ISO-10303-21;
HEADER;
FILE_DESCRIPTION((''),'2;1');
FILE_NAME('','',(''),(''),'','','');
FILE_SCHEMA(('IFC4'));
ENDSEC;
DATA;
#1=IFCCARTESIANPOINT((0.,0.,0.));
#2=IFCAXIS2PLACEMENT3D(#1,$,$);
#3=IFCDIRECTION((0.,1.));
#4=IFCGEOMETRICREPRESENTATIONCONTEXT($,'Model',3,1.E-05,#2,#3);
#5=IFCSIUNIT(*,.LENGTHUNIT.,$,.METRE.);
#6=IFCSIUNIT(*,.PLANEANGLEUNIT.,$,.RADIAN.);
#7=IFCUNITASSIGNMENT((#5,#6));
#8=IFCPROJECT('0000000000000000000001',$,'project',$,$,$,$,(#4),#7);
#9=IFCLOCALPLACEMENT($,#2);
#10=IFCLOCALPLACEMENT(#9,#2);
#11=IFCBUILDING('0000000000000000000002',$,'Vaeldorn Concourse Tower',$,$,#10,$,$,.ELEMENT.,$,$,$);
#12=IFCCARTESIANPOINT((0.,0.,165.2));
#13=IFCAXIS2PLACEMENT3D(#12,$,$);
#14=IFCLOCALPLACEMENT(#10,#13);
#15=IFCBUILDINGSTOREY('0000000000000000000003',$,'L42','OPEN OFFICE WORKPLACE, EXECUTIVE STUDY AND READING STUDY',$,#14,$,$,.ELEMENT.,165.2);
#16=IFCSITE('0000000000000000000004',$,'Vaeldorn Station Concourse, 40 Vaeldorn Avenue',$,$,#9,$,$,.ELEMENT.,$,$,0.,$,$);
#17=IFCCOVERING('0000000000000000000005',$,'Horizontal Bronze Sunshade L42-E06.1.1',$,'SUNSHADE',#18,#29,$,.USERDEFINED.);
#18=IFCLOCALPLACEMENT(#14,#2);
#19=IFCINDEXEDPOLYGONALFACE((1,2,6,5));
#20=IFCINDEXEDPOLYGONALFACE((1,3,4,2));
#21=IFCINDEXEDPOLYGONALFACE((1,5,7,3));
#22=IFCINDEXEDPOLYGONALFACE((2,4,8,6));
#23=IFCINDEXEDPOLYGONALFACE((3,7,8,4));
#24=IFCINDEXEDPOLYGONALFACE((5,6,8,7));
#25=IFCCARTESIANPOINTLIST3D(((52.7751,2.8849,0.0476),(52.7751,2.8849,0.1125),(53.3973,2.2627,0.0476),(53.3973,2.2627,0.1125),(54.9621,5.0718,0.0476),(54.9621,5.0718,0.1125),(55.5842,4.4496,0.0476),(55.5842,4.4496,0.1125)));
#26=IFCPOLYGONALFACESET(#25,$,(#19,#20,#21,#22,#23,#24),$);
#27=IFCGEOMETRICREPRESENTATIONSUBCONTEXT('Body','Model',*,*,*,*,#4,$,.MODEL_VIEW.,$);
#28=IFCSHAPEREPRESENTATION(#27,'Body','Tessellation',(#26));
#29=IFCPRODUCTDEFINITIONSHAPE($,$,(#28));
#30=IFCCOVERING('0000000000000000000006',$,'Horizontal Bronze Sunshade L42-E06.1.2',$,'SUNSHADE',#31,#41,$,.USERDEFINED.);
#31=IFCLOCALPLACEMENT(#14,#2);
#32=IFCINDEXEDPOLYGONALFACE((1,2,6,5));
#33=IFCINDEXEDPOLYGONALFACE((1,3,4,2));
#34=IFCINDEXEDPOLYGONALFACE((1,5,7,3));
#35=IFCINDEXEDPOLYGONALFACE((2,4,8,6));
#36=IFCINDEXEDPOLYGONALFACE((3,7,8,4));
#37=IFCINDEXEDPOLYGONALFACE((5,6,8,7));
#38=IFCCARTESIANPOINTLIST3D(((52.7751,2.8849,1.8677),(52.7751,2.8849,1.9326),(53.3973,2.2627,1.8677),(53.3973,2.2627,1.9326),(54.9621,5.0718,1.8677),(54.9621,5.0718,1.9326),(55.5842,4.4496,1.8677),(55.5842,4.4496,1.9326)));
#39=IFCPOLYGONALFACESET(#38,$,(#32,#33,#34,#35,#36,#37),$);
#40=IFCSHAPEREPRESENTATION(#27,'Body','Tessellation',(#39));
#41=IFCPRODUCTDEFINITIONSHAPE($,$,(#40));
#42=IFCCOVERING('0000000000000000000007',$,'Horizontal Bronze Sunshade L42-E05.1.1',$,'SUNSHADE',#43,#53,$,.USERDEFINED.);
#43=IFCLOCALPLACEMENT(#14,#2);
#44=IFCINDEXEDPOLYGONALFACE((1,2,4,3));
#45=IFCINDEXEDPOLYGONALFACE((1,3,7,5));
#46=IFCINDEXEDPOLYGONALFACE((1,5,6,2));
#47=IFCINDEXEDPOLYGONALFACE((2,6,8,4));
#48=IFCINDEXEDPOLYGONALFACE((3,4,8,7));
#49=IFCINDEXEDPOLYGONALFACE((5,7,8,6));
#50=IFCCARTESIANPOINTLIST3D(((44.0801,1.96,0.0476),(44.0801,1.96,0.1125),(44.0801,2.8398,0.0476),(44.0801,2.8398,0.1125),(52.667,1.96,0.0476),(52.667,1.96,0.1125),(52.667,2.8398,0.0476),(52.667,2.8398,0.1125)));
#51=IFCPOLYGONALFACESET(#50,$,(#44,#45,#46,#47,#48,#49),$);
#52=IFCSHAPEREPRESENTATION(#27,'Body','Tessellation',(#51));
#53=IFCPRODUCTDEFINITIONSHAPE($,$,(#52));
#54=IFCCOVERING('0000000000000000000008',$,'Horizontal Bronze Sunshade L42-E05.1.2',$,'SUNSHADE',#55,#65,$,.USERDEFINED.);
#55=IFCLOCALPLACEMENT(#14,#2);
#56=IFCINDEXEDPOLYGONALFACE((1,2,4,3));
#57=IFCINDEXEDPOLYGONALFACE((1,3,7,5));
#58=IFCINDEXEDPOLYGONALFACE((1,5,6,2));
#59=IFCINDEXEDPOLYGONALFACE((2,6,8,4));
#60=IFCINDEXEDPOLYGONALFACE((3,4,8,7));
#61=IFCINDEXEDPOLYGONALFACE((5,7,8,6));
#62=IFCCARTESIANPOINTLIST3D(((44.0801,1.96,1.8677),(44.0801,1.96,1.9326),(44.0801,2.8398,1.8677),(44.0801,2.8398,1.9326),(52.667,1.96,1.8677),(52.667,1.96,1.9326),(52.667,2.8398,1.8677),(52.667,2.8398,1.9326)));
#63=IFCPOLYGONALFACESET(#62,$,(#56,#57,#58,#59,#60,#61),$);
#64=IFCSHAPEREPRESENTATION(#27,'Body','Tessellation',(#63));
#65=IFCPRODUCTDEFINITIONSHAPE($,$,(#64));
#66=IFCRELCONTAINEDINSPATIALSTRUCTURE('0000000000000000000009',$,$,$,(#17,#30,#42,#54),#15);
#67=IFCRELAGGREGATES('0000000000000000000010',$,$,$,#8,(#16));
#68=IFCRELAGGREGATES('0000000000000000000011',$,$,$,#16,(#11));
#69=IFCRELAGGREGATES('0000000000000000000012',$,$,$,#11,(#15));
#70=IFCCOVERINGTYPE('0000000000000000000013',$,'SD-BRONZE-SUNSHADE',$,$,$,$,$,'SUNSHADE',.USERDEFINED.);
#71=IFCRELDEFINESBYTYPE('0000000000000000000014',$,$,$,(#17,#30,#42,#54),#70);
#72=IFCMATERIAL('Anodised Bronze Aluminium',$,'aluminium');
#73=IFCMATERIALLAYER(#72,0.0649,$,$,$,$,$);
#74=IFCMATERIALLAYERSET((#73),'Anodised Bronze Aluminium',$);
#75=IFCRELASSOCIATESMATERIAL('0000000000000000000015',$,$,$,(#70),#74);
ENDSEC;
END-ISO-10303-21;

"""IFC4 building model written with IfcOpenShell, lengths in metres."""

from ifc_helpers import new_model, si_unit, direction, frame, origin, origin_2d, place, context, subcontext, project, spatial, rectangle, extrude, source, transform, mapped, material, layer, layer_set, type_object, element, save


model = new_model("IFC4")

# Units and contexts
model_context = context("Model", 3, precision=1e-05, world=origin(), true_north=direction((0.0, 1.0)))
body_context = subcontext(model_context, "Body", "Model", "MODEL_VIEW")
ifc_project = project(units=[si_unit("LENGTHUNIT", "METRE"), si_unit("PLANEANGLEUNIT", "RADIAN")], contexts=[model_context])

# Site, building, storey
site_placement = place(None, origin())
site = spatial("IfcSite", under=ifc_project, at=site_placement, Name="Vaeldorn Station Concourse, 40 Vaeldorn Avenue", CompositionType="ELEMENT", RefElevation=0.0)
building_placement = place(site_placement, origin())
building = spatial("IfcBuilding", under=site, at=building_placement, Name="Vaeldorn Concourse Tower", CompositionType="ELEMENT")
storey_placement = place(building_placement, frame((0.0, 0.0, 165.2)))
storey = spatial("IfcBuildingStorey", under=building, at=storey_placement, Name="L42", Description="OPEN OFFICE WORKPLACE, EXECUTIVE STUDY AND READING STUDY", CompositionType="ELEMENT", Elevation=165.2)

# Shared definitions
ifc_material_1 = material(Name="Anodised Bronze Aluminium", Category="aluminium")

# Coverings
ifc_layer_1 = layer(ifc_material_1, 0.0649)
ifc_layer_set_1 = layer_set([ifc_layer_1], Name="Anodised Bronze Aluminium")
covering_type = type_object("IfcCoveringType", Name="SD-BRONZE-SUNSHADE", ElementType="SUNSHADE", PredefinedType="USERDEFINED", material=ifc_layer_set_1)
shared_shape_1 = source(origin(), body_context, "Body", "SweptSolid", [
    extrude(rectangle(XDim=3.0928, YDim=0.8799, at=origin_2d()), origin(), (0.0, 0.0, 1.0), 0.0649),
])
for number, where, z_axis, x_axis, name in (
    (1, (54.1797, 3.6672, 0.0476), (0.0, 0.0, 1.0), (0.707107, 0.707107, 0.0), "Horizontal Bronze Sunshade L42-E06.1.1"),
    (2, (54.1797, 3.6672, 1.8677), (0.0, 0.0, 1.0), (0.707107, 0.707107, 0.0), "Horizontal Bronze Sunshade L42-E06.1.2"),
):
    element("IfcCovering", number, at=place(storey_placement, frame(where, z_axis=z_axis, x_axis=x_axis)), inside=storey, type_object=covering_type, Name=name, ObjectType="SUNSHADE", PredefinedType="USERDEFINED", context=body_context, shape_type="MappedRepresentation", body=[
        mapped(shared_shape_1, transform((0.0, 0.0, 0.0), scale=1.0)),
    ])
shared_shape_2 = source(origin(), body_context, "Body", "SweptSolid", [
    extrude(rectangle(XDim=8.5869, YDim=0.8799, at=origin_2d()), origin(), (0.0, 0.0, 1.0), 0.0649),
])
for number, where, z_axis, x_axis, name in (
    (3, (48.3735, 2.3999, 0.0476), (0.0, 0.0, 1.0), (1.0, 0.0, 0.0), "Horizontal Bronze Sunshade L42-E05.1.1"),
    (4, (48.3735, 2.3999, 1.8677), (0.0, 0.0, 1.0), (1.0, 0.0, 0.0), "Horizontal Bronze Sunshade L42-E05.1.2"),
):
    element("IfcCovering", number, at=place(storey_placement, frame(where, z_axis=z_axis, x_axis=x_axis)), inside=storey, type_object=covering_type, Name=name, ObjectType="SUNSHADE", PredefinedType="USERDEFINED", context=body_context, shape_type="MappedRepresentation", body=[
        mapped(shared_shape_2, transform((0.0, 0.0, 0.0), scale=1.0)),
    ])

save(model, "model.ifc")
